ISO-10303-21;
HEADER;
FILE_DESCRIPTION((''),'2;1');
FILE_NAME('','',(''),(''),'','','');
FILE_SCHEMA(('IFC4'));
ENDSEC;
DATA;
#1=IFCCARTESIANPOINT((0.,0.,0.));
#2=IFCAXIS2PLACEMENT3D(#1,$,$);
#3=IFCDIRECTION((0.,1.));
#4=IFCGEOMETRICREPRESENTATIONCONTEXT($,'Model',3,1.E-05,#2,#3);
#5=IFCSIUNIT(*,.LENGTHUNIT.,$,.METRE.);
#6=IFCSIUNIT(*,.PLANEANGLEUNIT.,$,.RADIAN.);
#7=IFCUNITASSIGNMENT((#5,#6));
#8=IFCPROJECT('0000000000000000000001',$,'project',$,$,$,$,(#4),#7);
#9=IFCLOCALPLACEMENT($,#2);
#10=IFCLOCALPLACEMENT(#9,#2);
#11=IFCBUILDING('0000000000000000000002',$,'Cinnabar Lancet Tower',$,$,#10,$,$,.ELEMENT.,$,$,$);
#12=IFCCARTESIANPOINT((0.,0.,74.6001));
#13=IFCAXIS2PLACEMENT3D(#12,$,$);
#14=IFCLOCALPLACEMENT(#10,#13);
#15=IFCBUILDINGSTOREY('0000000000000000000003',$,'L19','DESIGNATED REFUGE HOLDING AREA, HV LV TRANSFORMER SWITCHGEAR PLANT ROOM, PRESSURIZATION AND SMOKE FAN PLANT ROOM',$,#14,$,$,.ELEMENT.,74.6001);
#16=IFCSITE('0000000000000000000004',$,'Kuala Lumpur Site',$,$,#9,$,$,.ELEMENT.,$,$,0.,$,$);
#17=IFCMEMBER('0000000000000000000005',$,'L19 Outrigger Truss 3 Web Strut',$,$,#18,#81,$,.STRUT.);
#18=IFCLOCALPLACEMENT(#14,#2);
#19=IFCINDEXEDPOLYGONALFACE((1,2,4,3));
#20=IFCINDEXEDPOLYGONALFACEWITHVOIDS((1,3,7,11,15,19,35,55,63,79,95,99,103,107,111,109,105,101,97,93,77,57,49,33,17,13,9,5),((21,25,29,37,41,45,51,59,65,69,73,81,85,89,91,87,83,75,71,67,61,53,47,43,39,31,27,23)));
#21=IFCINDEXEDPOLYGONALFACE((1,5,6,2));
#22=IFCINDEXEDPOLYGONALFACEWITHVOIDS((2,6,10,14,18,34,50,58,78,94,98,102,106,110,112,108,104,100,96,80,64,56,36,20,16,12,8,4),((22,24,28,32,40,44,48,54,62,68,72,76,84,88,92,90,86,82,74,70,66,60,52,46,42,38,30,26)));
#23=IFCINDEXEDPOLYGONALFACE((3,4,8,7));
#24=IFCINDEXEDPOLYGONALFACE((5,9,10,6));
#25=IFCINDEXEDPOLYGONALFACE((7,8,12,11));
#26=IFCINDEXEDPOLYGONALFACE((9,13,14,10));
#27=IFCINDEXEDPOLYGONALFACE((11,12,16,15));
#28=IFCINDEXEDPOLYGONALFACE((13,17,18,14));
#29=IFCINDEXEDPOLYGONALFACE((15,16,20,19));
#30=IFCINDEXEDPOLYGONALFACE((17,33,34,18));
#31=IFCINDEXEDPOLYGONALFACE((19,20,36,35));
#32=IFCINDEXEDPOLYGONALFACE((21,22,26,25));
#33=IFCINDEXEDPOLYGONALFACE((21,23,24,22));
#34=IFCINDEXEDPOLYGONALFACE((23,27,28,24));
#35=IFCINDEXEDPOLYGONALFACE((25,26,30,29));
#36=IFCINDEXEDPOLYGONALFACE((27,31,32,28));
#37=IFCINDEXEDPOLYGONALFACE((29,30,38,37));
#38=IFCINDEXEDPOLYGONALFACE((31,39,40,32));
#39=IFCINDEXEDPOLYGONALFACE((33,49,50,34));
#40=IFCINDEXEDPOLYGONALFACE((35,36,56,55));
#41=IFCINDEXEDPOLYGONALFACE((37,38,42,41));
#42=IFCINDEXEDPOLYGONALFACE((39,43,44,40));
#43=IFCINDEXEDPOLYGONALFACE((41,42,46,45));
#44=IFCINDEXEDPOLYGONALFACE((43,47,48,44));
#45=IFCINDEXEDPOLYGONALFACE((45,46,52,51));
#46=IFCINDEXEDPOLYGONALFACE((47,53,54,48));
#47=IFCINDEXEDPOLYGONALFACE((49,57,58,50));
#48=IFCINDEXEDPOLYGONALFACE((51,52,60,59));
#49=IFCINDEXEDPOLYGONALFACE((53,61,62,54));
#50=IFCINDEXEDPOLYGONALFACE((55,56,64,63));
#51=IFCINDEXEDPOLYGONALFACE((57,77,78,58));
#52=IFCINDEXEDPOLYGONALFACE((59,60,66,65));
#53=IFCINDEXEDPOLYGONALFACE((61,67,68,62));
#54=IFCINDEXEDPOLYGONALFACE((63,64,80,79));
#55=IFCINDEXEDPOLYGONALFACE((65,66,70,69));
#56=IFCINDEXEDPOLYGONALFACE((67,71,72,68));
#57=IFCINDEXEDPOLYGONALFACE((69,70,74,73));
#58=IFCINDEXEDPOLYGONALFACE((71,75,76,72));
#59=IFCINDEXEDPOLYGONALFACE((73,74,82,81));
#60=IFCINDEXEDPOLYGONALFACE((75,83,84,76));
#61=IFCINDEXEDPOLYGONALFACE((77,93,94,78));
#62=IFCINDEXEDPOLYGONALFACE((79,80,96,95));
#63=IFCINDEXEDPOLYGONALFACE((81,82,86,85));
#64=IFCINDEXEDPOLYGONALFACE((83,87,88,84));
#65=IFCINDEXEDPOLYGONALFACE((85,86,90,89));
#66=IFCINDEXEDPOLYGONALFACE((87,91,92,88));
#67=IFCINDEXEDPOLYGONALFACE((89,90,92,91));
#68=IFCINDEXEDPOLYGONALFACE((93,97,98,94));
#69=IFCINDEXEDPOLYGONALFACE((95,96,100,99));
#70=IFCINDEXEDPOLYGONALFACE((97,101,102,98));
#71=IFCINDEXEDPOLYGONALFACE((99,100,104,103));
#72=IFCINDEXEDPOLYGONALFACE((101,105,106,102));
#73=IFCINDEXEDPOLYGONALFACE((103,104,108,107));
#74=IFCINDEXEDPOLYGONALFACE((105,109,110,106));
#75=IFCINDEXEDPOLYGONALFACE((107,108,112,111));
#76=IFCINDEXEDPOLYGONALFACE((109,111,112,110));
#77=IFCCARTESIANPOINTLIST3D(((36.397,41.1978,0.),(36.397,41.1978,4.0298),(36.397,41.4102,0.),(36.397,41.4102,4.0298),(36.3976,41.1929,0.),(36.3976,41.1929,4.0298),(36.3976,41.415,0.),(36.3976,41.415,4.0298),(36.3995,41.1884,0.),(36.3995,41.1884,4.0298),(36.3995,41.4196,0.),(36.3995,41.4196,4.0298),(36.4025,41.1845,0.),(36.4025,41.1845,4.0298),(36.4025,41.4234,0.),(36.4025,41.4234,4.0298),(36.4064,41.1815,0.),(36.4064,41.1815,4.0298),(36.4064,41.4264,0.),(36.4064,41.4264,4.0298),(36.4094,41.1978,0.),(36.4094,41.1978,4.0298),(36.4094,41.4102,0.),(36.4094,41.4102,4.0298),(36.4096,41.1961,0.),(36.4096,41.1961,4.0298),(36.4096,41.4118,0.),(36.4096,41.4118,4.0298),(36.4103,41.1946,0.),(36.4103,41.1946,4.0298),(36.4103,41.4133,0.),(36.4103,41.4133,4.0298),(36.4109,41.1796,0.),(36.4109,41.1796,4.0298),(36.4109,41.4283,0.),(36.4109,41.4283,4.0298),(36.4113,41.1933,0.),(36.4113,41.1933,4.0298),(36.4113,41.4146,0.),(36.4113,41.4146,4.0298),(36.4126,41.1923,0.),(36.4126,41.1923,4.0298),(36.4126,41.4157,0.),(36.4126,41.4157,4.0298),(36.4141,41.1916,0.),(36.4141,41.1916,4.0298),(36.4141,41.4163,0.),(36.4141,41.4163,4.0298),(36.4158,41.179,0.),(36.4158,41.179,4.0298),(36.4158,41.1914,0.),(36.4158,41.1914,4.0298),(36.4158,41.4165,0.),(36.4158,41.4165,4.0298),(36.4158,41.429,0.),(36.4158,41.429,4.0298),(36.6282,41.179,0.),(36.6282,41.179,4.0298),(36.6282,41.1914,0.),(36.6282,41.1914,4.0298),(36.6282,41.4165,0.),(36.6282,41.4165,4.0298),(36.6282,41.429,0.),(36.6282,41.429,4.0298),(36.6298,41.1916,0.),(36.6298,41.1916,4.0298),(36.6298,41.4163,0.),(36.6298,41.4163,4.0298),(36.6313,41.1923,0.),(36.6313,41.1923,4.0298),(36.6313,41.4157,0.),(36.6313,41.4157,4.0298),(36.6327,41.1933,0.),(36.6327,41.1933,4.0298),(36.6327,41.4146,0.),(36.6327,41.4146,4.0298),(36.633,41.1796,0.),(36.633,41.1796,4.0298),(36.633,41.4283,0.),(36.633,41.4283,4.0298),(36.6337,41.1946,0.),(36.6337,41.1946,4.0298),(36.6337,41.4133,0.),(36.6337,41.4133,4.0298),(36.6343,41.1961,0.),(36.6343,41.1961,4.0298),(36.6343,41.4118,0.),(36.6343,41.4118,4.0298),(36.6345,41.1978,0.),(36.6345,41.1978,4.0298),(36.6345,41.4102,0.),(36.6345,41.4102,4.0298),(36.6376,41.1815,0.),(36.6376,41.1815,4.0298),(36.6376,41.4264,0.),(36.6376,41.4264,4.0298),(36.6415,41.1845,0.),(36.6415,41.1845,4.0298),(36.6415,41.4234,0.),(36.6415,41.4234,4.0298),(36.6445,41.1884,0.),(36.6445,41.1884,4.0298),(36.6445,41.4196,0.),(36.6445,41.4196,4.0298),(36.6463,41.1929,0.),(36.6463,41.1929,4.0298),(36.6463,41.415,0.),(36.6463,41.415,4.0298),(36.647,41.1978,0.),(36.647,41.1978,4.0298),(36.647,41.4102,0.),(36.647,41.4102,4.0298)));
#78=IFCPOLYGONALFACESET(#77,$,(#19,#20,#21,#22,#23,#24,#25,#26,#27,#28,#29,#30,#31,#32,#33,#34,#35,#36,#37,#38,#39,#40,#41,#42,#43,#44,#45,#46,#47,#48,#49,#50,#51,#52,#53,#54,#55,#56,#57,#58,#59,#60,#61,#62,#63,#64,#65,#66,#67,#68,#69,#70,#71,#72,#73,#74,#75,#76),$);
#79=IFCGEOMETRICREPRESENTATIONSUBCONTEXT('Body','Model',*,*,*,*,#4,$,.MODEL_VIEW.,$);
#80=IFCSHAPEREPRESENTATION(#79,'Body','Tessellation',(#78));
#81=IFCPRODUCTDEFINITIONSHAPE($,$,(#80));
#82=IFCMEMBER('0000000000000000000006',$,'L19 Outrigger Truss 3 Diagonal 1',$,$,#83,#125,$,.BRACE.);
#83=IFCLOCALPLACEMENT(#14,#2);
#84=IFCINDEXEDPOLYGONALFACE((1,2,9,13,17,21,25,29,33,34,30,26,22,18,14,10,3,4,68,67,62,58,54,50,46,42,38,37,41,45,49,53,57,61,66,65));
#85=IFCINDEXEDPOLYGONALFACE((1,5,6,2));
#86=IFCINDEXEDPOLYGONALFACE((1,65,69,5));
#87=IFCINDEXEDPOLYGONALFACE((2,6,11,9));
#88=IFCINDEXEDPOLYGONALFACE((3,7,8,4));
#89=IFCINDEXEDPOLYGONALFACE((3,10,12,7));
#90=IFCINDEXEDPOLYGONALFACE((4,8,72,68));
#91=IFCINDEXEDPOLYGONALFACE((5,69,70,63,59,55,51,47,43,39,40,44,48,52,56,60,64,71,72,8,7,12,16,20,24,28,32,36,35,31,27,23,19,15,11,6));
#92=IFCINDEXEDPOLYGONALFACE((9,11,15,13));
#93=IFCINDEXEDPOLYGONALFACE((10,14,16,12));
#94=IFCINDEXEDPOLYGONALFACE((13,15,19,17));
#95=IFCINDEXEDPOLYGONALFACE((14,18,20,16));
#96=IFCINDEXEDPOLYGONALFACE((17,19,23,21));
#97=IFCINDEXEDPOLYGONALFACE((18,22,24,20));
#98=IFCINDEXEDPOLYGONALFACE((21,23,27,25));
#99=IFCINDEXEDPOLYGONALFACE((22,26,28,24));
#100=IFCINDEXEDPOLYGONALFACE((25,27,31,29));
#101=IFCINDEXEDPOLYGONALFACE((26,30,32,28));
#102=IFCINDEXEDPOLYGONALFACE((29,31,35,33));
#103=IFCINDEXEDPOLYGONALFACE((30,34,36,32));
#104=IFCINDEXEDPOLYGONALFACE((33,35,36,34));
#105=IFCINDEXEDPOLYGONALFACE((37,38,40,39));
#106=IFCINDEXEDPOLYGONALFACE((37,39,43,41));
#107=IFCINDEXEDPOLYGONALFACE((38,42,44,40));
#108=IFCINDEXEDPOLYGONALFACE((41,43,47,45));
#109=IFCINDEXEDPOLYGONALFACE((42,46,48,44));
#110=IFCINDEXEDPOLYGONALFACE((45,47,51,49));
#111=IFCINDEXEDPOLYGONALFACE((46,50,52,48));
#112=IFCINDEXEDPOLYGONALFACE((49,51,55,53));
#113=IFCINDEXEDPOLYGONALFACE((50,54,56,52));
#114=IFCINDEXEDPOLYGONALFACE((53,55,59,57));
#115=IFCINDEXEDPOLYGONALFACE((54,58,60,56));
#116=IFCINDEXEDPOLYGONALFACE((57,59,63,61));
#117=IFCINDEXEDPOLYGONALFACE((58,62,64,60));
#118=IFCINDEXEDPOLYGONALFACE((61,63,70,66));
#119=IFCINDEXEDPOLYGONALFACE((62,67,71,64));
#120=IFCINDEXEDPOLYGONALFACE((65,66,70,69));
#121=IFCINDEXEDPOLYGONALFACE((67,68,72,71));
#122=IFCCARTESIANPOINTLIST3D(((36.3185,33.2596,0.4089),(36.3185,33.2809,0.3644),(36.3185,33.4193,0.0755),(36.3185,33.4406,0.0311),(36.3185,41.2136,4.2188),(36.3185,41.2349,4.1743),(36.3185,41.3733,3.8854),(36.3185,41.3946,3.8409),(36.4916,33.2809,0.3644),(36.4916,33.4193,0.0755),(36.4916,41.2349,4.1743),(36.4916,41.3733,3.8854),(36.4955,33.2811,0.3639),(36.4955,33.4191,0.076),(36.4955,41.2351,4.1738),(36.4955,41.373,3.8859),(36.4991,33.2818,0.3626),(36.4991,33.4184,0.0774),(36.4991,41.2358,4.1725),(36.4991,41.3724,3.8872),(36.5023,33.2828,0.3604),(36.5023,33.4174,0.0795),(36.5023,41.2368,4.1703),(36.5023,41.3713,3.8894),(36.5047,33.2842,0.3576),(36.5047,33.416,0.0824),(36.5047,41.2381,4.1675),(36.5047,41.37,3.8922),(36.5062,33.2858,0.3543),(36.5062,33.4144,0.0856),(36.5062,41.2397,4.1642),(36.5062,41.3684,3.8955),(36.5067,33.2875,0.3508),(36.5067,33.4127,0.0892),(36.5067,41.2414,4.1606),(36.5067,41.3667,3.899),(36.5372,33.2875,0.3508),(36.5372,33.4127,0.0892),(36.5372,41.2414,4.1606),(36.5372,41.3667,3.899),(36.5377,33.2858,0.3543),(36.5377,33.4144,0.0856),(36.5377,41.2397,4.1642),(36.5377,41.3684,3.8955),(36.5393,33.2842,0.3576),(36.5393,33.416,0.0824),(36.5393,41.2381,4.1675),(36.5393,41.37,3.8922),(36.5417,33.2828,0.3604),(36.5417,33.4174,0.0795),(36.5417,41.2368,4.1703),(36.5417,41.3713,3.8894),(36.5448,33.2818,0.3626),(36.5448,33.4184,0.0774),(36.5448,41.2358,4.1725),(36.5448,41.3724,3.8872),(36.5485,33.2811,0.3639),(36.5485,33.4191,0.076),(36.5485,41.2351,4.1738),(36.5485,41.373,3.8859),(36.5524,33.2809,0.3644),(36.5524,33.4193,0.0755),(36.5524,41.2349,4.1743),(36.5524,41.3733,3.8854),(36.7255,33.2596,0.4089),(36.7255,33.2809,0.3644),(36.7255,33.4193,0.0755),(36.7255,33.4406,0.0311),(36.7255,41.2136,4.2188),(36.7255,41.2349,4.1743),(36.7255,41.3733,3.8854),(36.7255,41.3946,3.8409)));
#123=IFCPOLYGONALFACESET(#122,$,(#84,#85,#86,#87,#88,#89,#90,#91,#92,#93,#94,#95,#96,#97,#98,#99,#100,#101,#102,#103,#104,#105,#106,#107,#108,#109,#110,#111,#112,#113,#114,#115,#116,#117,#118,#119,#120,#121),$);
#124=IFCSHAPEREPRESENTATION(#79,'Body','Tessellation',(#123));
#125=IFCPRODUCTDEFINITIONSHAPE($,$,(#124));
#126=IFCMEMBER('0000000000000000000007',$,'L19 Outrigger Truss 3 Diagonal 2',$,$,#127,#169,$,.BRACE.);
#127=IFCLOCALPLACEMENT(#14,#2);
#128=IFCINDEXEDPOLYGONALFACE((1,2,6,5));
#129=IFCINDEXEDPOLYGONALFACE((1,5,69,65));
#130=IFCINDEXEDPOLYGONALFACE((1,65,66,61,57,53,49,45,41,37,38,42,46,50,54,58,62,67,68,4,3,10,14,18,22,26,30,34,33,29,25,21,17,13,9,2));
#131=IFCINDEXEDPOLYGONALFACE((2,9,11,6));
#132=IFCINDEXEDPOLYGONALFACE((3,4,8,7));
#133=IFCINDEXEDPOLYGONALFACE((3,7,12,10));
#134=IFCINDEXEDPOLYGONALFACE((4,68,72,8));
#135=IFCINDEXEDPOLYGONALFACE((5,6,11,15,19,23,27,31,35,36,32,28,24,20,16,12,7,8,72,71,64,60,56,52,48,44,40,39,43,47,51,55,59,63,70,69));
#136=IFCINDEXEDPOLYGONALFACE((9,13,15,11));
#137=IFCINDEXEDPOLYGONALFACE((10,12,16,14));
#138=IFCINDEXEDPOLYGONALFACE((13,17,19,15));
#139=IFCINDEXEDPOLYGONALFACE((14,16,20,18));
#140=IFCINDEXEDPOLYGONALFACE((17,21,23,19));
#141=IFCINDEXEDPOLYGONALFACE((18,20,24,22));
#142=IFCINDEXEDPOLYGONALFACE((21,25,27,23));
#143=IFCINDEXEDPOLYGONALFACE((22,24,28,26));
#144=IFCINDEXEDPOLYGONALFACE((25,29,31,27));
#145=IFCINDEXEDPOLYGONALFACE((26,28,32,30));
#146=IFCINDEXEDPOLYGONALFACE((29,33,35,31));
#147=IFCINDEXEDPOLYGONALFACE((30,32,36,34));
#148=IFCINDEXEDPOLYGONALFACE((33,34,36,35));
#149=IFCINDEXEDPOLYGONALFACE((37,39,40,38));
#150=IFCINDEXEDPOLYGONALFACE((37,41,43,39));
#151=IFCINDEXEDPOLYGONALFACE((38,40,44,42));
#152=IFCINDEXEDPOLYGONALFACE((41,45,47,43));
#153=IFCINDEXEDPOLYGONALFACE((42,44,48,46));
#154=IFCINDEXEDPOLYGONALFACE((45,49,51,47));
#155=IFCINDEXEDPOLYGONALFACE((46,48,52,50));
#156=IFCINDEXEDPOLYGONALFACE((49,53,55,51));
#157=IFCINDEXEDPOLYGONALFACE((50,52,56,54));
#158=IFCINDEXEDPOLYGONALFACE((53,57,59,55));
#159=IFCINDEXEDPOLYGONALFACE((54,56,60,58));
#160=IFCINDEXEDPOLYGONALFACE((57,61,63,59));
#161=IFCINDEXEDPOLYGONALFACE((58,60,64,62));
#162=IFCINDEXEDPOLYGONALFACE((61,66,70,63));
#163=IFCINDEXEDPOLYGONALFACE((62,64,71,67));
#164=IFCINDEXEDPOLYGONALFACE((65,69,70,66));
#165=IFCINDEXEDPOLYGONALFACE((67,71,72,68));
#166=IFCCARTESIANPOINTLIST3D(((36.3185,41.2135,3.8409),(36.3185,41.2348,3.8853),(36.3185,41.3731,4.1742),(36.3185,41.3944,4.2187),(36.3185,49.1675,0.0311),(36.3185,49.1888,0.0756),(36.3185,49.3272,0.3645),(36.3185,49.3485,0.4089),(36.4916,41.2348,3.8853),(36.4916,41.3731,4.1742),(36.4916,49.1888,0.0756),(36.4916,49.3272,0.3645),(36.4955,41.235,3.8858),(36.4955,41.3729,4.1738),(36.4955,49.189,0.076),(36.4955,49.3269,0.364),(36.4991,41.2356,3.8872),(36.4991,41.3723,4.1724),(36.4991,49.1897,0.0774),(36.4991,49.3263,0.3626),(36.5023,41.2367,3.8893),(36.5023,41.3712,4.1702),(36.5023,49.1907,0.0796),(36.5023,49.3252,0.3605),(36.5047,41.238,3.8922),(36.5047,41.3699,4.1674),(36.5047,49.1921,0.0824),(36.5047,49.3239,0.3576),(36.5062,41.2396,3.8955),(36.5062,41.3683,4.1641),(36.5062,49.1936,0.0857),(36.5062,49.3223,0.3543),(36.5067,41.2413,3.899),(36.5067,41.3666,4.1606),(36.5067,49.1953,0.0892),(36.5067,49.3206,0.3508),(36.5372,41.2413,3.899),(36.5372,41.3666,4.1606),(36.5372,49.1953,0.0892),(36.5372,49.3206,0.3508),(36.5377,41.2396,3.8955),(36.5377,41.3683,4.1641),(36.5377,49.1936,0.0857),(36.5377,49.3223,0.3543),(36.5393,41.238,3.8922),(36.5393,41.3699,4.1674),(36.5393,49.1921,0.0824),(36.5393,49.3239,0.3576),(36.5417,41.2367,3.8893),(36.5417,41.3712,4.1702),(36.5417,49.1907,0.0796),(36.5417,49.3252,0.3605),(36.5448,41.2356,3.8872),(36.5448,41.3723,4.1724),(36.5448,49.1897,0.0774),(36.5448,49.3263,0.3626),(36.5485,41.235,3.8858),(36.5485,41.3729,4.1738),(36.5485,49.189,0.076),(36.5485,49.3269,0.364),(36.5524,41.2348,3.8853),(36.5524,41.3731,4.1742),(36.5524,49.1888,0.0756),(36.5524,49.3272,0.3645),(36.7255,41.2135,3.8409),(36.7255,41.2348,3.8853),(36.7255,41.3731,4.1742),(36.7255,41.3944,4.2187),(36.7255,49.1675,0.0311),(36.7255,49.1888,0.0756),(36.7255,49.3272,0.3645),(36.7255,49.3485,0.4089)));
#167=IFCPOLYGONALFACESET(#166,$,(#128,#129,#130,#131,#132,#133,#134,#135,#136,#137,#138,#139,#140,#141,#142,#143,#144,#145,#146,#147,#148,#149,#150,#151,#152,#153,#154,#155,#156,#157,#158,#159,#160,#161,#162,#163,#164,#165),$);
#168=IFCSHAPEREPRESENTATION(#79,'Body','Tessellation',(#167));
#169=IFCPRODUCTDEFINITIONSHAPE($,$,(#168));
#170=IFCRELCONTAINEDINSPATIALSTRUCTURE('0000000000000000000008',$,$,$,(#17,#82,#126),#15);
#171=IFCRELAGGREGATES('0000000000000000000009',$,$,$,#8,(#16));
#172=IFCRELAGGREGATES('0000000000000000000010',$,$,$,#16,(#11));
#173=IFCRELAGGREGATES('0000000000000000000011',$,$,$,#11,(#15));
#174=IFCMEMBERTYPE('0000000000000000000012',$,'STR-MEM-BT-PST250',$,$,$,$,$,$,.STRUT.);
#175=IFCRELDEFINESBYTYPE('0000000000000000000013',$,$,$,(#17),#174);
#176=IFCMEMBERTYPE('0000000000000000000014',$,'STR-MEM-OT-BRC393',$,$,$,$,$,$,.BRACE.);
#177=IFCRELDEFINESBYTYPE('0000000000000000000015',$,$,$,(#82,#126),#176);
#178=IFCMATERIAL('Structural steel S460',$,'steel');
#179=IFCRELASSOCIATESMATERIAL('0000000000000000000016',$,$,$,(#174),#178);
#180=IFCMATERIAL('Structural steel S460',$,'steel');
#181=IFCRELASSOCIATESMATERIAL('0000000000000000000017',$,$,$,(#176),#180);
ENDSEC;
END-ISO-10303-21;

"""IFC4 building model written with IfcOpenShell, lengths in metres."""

from ifc_helpers import new_model, si_unit, direction, frame, origin, origin_2d, place, context, subcontext, project, spatial, hollow_rectangle, i_section, extrude, material, material_profile, profile_set, type_object, element, save


model = new_model("IFC4")

# Units and contexts
model_context = context("Model", 3, precision=1e-05, world=origin(), true_north=direction((0.0, 1.0)))
body_context = subcontext(model_context, "Body", "Model", "MODEL_VIEW")
ifc_project = project(units=[si_unit("LENGTHUNIT", "METRE"), si_unit("PLANEANGLEUNIT", "RADIAN")], contexts=[model_context])

# Site, building, storey
site_placement = place(None, origin())
site = spatial("IfcSite", under=ifc_project, at=site_placement, Name="Kuala Lumpur Site", CompositionType="ELEMENT", RefElevation=0.0)
building_placement = place(site_placement, origin())
building = spatial("IfcBuilding", under=site, at=building_placement, Name="Cinnabar Lancet Tower", CompositionType="ELEMENT")
storey_placement = place(building_placement, frame((0.0, 0.0, 74.6001)))
storey = spatial("IfcBuildingStorey", under=building, at=storey_placement, Name="L19", Description="DESIGNATED REFUGE HOLDING AREA, HV LV TRANSFORMER SWITCHGEAR PLANT ROOM, PRESSURIZATION AND SMOKE FAN PLANT ROOM", CompositionType="ELEMENT", Elevation=74.6001)

# Members
ifc_material_1 = material(Name="Structural steel S460", Category="steel")
ifc_material_profile_1 = material_profile(ifc_material_1, hollow_rectangle(XDim=0.25, YDim=0.25, WallThickness=0.0125, InnerFilletRadius=0.0063, OuterFilletRadius=0.0188, at=origin_2d()), Name="SHS 250x250x12.5")
ifc_profile_set_1 = profile_set([ifc_material_profile_1], Name="Structural steel S460")
member_type_1 = type_object("IfcMemberType", Name="STR-MEM-BT-PST250", PredefinedType="STRUT", material=ifc_profile_set_1)
member_placement = place(storey_placement, frame((36.522, 41.304, 0.0), z_axis=(0.0, 0.0, 1.0), x_axis=(1.0, 0.0, 0.0)))
element("IfcMember", 1, at=member_placement, inside=storey, type_object=member_type_1, Name="L19 Outrigger Truss 3 Web Strut", PredefinedType="STRUT", context=body_context, shape_type="SweptSolid", body=[
    extrude(hollow_rectangle(XDim=0.25, YDim=0.25, WallThickness=0.0125, InnerFilletRadius=0.0063, OuterFilletRadius=0.0188, at=origin_2d()), origin(), (0.0, 0.0, 1.0), 4.0298),
])
ifc_material_2 = material(Name="Structural steel S460", Category="steel")
ifc_material_profile_2 = material_profile(ifc_material_2, i_section(OverallWidth=0.407, OverallDepth=0.4189, WebThickness=0.0305, FlangeThickness=0.0493, FilletRadius=0.0151, at=origin_2d()), Name="UKC 356x406x393")
ifc_profile_set_2 = profile_set([ifc_material_profile_2], Name="Structural steel S460")
member_type_2 = type_object("IfcMemberType", Name="STR-MEM-OT-BRC393", PredefinedType="BRACE", material=ifc_profile_set_2)
for number, where, z_axis, x_axis, name in (
    (2, (36.522, 33.3501, 0.22), (0.0, 0.901878, 0.43199), (-1.0, 0.0, 0.0), "L19 Outrigger Truss 3 Diagonal 1"),
    (3, (36.522, 41.304, 4.0298), (0.0, 0.901883, -0.431979), (-1.0, 0.0, 0.0), "L19 Outrigger Truss 3 Diagonal 2"),
):
    element("IfcMember", number, at=place(storey_placement, frame(where, z_axis=z_axis, x_axis=x_axis)), inside=storey, type_object=member_type_2, Name=name, PredefinedType="BRACE", context=body_context, shape_type="SweptSolid", body=[
        extrude(i_section(OverallWidth=0.407, OverallDepth=0.4189, WebThickness=0.0305, FlangeThickness=0.0493, FilletRadius=0.0151, at=origin_2d()), origin(), (0.0, 0.0, 1.0), 8.8193),
    ])

save(model, "model.ifc")
